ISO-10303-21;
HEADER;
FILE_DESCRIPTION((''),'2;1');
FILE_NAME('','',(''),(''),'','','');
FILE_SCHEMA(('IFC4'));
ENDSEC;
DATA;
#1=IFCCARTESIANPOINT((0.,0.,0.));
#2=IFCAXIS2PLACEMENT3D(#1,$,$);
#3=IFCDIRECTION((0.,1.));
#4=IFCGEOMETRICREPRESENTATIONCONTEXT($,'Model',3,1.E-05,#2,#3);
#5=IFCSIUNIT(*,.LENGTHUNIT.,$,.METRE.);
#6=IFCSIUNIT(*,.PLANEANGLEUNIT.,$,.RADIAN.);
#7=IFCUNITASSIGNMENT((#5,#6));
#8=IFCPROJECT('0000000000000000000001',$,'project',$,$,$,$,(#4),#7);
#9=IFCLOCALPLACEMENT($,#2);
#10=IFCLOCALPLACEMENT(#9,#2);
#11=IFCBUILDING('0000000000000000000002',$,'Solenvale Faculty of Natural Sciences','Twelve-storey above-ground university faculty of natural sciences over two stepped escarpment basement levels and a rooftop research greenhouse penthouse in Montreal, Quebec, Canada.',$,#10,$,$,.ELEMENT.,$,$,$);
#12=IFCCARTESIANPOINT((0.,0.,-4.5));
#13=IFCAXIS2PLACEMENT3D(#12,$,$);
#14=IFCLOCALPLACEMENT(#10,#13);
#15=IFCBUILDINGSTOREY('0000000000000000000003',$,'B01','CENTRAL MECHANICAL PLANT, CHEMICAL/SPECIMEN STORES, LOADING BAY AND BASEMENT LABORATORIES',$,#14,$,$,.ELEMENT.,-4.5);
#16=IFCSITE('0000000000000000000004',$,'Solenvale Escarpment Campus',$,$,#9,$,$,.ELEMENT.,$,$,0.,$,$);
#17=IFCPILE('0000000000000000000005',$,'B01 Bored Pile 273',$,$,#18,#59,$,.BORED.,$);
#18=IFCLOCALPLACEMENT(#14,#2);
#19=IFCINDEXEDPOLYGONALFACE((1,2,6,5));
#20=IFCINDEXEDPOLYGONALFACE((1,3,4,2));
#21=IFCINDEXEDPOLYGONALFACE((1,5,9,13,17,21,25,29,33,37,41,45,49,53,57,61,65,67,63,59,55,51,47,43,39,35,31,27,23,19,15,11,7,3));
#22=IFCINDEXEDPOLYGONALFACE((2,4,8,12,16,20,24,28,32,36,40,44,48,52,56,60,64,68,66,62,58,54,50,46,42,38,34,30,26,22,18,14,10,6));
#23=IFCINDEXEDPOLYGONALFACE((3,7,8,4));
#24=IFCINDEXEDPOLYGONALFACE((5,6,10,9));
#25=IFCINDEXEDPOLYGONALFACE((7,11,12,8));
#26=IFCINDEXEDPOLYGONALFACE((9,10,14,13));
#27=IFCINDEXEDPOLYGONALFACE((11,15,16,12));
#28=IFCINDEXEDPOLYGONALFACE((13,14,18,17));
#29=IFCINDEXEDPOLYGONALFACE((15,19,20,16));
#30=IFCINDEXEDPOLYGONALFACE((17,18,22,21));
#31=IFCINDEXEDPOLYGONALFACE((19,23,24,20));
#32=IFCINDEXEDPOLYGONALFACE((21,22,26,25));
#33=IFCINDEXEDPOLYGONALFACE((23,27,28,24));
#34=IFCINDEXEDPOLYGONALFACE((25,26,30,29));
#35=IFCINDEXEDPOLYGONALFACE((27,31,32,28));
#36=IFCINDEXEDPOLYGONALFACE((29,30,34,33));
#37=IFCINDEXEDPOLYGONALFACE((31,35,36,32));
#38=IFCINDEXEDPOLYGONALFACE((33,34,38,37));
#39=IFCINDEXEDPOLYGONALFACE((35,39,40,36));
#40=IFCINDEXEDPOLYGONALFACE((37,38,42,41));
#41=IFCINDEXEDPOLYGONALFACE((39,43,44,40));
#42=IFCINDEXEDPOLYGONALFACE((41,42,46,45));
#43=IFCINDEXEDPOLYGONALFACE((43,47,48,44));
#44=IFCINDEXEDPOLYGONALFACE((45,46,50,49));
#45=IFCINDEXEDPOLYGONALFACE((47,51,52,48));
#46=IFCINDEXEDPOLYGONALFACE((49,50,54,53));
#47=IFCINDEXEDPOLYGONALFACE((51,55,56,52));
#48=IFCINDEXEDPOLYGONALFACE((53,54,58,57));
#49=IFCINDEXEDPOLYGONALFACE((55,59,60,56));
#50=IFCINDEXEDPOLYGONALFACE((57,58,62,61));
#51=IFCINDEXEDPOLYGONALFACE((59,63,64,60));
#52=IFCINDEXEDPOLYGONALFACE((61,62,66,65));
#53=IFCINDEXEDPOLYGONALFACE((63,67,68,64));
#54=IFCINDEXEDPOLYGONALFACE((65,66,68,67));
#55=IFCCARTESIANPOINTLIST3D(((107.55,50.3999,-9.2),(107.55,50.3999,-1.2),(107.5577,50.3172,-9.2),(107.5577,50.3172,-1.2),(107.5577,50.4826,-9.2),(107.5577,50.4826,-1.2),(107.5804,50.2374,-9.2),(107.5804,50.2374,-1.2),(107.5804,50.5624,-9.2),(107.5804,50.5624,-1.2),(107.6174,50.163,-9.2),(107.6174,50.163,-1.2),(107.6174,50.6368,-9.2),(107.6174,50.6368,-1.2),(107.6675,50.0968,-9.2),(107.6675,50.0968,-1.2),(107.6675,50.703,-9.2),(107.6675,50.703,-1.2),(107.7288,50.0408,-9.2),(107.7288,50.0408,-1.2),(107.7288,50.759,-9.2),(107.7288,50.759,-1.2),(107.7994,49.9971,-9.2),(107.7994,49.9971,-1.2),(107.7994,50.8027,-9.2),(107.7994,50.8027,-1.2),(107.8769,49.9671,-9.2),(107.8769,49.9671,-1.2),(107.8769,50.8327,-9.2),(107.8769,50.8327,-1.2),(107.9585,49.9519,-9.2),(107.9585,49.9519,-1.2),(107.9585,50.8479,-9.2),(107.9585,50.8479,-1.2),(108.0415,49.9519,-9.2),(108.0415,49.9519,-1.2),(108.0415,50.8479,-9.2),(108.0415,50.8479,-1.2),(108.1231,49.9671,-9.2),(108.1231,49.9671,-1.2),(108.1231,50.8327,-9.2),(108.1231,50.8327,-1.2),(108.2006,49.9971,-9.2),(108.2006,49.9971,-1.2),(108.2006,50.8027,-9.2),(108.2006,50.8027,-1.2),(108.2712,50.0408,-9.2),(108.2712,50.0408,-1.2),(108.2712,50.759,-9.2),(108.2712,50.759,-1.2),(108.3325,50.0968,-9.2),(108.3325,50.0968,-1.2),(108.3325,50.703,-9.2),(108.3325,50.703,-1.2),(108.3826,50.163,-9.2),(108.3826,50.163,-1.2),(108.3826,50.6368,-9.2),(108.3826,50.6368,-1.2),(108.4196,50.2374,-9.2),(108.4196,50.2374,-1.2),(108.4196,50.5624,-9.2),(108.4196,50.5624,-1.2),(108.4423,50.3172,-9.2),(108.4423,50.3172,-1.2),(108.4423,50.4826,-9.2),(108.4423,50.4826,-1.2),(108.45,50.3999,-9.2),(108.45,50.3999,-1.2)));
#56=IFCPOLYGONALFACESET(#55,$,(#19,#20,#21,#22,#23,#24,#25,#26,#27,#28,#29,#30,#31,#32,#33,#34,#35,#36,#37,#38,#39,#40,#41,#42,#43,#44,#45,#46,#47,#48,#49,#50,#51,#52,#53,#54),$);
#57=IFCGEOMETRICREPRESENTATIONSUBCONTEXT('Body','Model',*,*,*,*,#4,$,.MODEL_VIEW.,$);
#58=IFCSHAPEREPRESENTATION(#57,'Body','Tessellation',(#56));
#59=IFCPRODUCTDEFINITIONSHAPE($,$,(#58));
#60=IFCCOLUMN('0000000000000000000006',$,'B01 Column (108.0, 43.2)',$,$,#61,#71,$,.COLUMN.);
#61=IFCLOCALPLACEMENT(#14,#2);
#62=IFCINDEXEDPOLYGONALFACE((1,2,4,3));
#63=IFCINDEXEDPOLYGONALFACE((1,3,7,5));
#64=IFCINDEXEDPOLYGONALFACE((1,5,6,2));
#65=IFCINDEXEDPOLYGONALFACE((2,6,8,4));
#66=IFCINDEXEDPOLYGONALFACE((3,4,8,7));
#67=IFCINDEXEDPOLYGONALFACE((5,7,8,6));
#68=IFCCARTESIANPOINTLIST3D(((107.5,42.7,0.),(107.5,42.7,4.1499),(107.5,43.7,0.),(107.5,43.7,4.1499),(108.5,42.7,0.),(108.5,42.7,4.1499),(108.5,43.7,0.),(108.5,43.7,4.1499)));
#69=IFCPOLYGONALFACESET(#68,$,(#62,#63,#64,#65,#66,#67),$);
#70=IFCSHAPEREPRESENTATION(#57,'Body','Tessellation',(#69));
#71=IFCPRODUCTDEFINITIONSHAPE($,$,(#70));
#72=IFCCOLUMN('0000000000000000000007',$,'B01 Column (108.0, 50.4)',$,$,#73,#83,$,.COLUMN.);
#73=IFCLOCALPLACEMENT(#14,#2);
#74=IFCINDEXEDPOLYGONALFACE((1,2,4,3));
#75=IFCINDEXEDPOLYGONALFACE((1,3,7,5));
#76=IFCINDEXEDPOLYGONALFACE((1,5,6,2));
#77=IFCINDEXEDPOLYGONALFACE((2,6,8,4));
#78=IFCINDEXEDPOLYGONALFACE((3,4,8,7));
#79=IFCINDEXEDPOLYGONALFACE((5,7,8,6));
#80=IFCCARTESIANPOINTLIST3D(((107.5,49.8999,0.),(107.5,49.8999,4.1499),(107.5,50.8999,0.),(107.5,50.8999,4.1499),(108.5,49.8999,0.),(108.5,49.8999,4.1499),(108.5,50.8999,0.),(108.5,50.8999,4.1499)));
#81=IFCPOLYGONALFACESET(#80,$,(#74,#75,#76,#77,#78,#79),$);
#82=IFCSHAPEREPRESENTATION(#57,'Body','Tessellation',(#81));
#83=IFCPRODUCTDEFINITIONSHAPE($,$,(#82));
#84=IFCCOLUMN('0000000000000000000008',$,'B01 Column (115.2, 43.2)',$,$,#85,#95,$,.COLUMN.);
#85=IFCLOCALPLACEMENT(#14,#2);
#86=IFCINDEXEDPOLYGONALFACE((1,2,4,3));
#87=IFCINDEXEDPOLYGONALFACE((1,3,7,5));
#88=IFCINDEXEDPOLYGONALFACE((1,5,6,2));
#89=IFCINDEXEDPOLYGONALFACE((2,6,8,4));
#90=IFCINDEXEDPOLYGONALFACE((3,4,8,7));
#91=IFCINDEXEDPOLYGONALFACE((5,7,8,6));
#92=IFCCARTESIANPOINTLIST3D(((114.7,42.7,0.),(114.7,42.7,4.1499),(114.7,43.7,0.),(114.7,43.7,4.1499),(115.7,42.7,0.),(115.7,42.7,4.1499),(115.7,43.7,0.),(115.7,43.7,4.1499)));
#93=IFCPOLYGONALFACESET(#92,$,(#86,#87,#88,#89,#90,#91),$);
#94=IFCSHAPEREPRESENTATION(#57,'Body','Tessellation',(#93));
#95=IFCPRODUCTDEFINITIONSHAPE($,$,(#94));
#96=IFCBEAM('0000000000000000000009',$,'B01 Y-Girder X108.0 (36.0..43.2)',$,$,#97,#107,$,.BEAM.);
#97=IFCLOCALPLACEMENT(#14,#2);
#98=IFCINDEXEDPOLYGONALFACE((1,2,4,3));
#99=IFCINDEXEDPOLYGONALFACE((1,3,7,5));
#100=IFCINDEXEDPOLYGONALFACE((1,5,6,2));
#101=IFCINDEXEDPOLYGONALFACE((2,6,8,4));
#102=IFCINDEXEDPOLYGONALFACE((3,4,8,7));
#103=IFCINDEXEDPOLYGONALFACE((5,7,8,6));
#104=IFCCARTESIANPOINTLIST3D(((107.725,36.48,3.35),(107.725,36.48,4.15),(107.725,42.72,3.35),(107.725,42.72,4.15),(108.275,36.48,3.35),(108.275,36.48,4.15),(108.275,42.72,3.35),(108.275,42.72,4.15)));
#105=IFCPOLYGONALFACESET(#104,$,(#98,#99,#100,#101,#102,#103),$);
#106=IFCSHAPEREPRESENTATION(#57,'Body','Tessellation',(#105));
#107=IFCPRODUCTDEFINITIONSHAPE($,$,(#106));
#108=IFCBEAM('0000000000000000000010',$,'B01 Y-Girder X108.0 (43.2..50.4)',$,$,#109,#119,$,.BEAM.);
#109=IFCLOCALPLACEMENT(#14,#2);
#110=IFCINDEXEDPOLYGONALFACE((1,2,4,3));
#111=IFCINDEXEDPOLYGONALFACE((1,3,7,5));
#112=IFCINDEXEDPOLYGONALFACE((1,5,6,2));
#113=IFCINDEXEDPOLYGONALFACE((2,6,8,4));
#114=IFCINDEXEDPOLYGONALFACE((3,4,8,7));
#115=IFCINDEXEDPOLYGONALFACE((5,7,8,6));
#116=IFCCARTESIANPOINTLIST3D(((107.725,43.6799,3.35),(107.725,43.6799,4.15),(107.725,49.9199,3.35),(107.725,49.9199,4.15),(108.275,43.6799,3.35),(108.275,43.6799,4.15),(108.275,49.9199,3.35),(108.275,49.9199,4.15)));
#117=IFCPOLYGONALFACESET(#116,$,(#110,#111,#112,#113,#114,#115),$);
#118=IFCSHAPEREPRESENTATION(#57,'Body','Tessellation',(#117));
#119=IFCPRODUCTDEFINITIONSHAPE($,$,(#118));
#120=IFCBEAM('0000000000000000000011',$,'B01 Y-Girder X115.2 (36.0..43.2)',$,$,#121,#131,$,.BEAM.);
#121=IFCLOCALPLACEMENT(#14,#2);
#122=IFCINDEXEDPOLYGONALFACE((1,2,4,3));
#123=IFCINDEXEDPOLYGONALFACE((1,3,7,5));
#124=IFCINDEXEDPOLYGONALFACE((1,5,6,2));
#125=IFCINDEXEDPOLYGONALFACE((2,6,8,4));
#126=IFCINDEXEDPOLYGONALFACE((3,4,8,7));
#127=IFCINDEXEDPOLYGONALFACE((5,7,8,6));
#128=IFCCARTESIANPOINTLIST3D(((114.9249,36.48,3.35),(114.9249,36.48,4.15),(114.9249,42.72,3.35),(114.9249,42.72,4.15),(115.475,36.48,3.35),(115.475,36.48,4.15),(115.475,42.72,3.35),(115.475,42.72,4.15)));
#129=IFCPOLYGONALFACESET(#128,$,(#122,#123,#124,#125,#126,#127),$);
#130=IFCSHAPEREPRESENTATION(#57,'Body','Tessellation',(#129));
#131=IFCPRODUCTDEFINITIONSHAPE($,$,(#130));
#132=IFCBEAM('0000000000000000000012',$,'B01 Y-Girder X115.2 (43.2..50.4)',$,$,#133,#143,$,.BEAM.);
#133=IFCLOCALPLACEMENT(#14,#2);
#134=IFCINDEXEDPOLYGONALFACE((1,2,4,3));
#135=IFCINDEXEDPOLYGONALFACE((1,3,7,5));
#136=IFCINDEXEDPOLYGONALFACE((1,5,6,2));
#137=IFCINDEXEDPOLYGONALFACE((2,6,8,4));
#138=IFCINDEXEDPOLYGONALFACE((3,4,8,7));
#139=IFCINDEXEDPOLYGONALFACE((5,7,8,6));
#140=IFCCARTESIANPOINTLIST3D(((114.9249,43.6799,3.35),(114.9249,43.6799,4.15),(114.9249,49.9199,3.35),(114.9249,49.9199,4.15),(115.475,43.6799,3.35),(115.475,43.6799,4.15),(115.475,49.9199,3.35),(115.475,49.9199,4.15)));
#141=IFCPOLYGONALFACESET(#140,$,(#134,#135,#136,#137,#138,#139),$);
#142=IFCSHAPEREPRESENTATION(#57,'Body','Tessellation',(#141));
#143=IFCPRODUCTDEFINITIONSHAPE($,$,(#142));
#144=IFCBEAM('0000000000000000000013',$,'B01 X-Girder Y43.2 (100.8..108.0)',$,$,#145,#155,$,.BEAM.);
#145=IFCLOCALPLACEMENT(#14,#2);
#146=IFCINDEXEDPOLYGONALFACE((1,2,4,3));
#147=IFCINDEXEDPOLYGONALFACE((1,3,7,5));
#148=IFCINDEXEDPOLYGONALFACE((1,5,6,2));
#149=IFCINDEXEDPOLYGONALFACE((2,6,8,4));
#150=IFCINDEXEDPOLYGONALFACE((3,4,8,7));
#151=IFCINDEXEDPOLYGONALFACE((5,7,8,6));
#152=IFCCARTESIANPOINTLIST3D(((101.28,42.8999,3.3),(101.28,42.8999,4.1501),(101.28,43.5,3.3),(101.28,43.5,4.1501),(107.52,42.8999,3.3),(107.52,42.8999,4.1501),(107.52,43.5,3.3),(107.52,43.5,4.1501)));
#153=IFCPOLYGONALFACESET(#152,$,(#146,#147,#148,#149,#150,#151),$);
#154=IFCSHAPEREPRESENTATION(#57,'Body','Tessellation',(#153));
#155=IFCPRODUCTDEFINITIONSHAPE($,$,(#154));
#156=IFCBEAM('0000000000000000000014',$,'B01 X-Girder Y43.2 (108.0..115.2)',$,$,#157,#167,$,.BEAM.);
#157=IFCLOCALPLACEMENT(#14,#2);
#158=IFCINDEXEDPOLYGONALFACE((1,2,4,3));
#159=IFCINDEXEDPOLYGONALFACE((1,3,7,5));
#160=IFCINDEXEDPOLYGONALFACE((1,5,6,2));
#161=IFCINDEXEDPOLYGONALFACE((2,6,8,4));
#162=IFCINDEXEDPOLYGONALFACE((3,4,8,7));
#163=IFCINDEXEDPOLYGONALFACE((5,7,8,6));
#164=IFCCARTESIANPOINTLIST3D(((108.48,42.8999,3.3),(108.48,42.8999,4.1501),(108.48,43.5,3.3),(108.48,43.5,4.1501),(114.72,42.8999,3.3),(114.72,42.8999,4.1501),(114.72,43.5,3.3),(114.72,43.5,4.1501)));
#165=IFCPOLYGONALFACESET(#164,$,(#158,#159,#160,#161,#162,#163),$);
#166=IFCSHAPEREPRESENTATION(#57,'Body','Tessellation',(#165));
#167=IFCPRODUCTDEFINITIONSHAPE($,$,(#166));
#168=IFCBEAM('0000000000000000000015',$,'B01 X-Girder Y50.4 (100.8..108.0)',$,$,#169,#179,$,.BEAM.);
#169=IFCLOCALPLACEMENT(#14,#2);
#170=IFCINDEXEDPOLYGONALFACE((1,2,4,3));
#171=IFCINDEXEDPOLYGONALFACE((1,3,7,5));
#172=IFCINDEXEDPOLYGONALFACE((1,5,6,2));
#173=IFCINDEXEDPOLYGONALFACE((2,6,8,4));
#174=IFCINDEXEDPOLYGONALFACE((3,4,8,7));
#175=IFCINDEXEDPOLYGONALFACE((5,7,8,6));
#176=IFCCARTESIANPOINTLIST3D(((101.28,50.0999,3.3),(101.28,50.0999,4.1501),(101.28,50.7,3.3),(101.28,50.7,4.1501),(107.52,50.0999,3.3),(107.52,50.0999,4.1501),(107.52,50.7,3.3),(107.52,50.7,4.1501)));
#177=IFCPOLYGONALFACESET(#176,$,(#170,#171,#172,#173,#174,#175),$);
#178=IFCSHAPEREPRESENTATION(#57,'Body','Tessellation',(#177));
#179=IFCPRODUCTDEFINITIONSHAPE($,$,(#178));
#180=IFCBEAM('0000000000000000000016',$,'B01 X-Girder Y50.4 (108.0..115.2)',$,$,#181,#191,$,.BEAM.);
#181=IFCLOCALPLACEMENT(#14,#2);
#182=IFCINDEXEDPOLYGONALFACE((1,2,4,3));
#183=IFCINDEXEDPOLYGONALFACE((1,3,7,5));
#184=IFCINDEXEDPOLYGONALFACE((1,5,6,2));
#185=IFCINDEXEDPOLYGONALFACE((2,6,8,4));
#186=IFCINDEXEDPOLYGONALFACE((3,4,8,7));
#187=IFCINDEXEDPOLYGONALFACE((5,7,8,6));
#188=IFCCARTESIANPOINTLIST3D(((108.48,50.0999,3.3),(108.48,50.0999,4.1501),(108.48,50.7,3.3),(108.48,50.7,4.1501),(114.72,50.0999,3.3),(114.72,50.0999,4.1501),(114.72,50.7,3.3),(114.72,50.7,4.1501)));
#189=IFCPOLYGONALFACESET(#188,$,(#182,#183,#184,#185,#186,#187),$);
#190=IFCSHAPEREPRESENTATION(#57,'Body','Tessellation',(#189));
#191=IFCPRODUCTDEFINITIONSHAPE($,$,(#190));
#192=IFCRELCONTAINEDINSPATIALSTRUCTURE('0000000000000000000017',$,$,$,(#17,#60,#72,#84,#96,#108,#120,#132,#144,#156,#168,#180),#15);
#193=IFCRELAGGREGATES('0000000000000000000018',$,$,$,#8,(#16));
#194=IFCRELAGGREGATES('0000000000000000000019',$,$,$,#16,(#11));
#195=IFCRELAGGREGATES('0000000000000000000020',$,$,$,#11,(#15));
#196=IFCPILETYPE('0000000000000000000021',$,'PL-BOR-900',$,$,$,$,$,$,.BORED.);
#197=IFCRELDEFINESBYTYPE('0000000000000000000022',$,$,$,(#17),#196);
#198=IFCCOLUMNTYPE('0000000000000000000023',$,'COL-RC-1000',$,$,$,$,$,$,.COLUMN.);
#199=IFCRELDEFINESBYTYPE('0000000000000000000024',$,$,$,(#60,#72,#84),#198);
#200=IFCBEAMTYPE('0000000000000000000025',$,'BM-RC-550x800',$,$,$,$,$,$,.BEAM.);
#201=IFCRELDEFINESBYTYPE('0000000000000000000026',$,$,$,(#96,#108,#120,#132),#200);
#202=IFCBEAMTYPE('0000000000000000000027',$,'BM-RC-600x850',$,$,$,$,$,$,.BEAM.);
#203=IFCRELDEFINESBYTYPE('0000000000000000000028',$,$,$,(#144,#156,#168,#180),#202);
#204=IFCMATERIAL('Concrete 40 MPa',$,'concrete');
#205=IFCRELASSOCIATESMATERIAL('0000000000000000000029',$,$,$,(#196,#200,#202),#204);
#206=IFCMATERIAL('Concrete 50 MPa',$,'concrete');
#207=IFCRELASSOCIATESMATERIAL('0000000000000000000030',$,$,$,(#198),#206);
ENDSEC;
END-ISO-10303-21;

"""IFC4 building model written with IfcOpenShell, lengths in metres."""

from ifc_helpers import new_model, si_unit, direction, frame, origin, origin_2d, place, context, subcontext, project, spatial, rectangle, circle, extrude, material, material_profile, profile_set, type_object, element, save


model = new_model("IFC4")

# Units and contexts
model_context = context("Model", 3, precision=1e-05, world=origin(), true_north=direction((0.0, 1.0)))
body_context = subcontext(model_context, "Body", "Model", "MODEL_VIEW")
ifc_project = project(units=[si_unit("LENGTHUNIT", "METRE"), si_unit("PLANEANGLEUNIT", "RADIAN")], contexts=[model_context])

# Site, building, storey
site_placement = place(None, origin())
site = spatial("IfcSite", under=ifc_project, at=site_placement, Name="Solenvale Escarpment Campus", CompositionType="ELEMENT", RefElevation=0.0)
building_placement = place(site_placement, origin())
building = spatial("IfcBuilding", under=site, at=building_placement, Name="Solenvale Faculty of Natural Sciences", Description="Twelve-storey above-ground university faculty of natural sciences over two stepped escarpment basement levels and a rooftop research greenhouse penthouse in Montreal, Quebec, Canada.", CompositionType="ELEMENT")
storey_placement = place(building_placement, frame((0.0, 0.0, -4.5)))
storey = spatial("IfcBuildingStorey", under=building, at=storey_placement, Name="B01", Description="CENTRAL MECHANICAL PLANT, CHEMICAL/SPECIMEN STORES, LOADING BAY AND BASEMENT LABORATORIES", CompositionType="ELEMENT", Elevation=-4.5)

# Shared definitions
ifc_material_1 = material(Name="Concrete 40 MPa", Category="concrete")

# Pile
ifc_material_profile_1 = material_profile(ifc_material_1, circle(Radius=0.45, at=origin_2d()), Name="PILE-D900")
ifc_profile_set_1 = profile_set([ifc_material_profile_1], Name="Concrete 40 MPa")
pile_type = type_object("IfcPileType", Name="PL-BOR-900", PredefinedType="BORED", material=ifc_profile_set_1)
for number, where, z_axis, x_axis, name in (
    (1, (108.0, 50.3999, -1.2), (0.0, 0.0, -1.0), (1.0, 0.0, 0.0), "B01 Bored Pile 273"),
):
    element("IfcPile", number, at=place(storey_placement, frame(where, z_axis=z_axis, x_axis=x_axis)), inside=storey, type_object=pile_type, Name=name, PredefinedType="BORED", context=body_context, shape_type="SweptSolid", body=[
        extrude(circle(Radius=0.45, at=origin_2d()), origin(), (0.0, 0.0, 1.0), 8.0),
    ])

# Columns
ifc_material_2 = material(Name="Concrete 50 MPa", Category="concrete")
ifc_material_profile_2 = material_profile(ifc_material_2, rectangle(XDim=1.0, YDim=1.0, at=origin_2d()), Name="RC-COL-1000x1000")
ifc_profile_set_2 = profile_set([ifc_material_profile_2], Name="Concrete 50 MPa")
column_type = type_object("IfcColumnType", Name="COL-RC-1000", PredefinedType="COLUMN", material=ifc_profile_set_2)
for number, where, z_axis, x_axis, name in (
    (2, (108.0, 43.2, 0.0), (0.0, 0.0, 1.0), (1.0, 0.0, 0.0), "B01 Column (108.0, 43.2)"),
    (3, (108.0, 50.3999, 0.0), (0.0, 0.0, 1.0), (1.0, 0.0, 0.0), "B01 Column (108.0, 50.4)"),
    (4, (115.2, 43.2, 0.0), (0.0, 0.0, 1.0), (1.0, 0.0, 0.0), "B01 Column (115.2, 43.2)"),
):
    element("IfcColumn", number, at=place(storey_placement, frame(where, z_axis=z_axis, x_axis=x_axis)), inside=storey, type_object=column_type, Name=name, PredefinedType="COLUMN", context=body_context, shape_type="SweptSolid", body=[
        extrude(rectangle(XDim=1.0, YDim=1.0, at=origin_2d()), origin(), (0.0, 0.0, 1.0), 4.1499),
    ])

# Beams
ifc_material_profile_3 = material_profile(ifc_material_1, rectangle(XDim=0.55, YDim=0.8, at=origin_2d()), Name="RC-BM-550x800")
ifc_profile_set_3 = profile_set([ifc_material_profile_3], Name="Concrete 40 MPa")
beam_type_1 = type_object("IfcBeamType", Name="BM-RC-550x800", PredefinedType="BEAM", material=ifc_profile_set_3)
for number, where, z_axis, x_axis, name in (
    (5, (108.0, 36.48, 3.75), (0.0, 1.0, 0.0), (-1.0, 0.0, 0.0), "B01 Y-Girder X108.0 (36.0..43.2)"),
    (6, (108.0, 43.6799, 3.75), (0.0, 1.0, 0.0), (-1.0, 0.0, 0.0), "B01 Y-Girder X108.0 (43.2..50.4)"),
    (7, (115.2, 36.48, 3.75), (0.0, 1.0, 0.0), (-1.0, 0.0, 0.0), "B01 Y-Girder X115.2 (36.0..43.2)"),
    (8, (115.2, 43.6799, 3.75), (0.0, 1.0, 0.0), (-1.0, 0.0, 0.0), "B01 Y-Girder X115.2 (43.2..50.4)"),
):
    element("IfcBeam", number, at=place(storey_placement, frame(where, z_axis=z_axis, x_axis=x_axis)), inside=storey, type_object=beam_type_1, Name=name, PredefinedType="BEAM", context=body_context, shape_type="SweptSolid", body=[
        extrude(rectangle(XDim=0.55, YDim=0.8, at=origin_2d()), origin(), (0.0, 0.0, 1.0), 6.24),
    ])
ifc_material_profile_4 = material_profile(ifc_material_1, rectangle(XDim=0.6001, YDim=0.8501, at=origin_2d()), Name="RC-BM-600x850")
ifc_profile_set_4 = profile_set([ifc_material_profile_4], Name="Concrete 40 MPa")
beam_type_2 = type_object("IfcBeamType", Name="BM-RC-600x850", PredefinedType="BEAM", material=ifc_profile_set_4)
for number, where, z_axis, x_axis, name in (
    (9, (101.28, 43.2, 3.7251), (1.0, 0.0, 0.0), (0.0, 1.0, 0.0), "B01 X-Girder Y43.2 (100.8..108.0)"),
    (10, (108.48, 43.2, 3.7251), (1.0, 0.0, 0.0), (0.0, 1.0, 0.0), "B01 X-Girder Y43.2 (108.0..115.2)"),
    (11, (101.28, 50.3999, 3.7251), (1.0, 0.0, 0.0), (0.0, 1.0, 0.0), "B01 X-Girder Y50.4 (100.8..108.0)"),
    (12, (108.48, 50.3999, 3.7251), (1.0, 0.0, 0.0), (0.0, 1.0, 0.0), "B01 X-Girder Y50.4 (108.0..115.2)"),
):
    element("IfcBeam", number, at=place(storey_placement, frame(where, z_axis=z_axis, x_axis=x_axis)), inside=storey, type_object=beam_type_2, Name=name, PredefinedType="BEAM", context=body_context, shape_type="SweptSolid", body=[
        extrude(rectangle(XDim=0.6001, YDim=0.8501, at=origin_2d()), origin(), (0.0, 0.0, 1.0), 6.24),
    ])

save(model, "model.ifc")
